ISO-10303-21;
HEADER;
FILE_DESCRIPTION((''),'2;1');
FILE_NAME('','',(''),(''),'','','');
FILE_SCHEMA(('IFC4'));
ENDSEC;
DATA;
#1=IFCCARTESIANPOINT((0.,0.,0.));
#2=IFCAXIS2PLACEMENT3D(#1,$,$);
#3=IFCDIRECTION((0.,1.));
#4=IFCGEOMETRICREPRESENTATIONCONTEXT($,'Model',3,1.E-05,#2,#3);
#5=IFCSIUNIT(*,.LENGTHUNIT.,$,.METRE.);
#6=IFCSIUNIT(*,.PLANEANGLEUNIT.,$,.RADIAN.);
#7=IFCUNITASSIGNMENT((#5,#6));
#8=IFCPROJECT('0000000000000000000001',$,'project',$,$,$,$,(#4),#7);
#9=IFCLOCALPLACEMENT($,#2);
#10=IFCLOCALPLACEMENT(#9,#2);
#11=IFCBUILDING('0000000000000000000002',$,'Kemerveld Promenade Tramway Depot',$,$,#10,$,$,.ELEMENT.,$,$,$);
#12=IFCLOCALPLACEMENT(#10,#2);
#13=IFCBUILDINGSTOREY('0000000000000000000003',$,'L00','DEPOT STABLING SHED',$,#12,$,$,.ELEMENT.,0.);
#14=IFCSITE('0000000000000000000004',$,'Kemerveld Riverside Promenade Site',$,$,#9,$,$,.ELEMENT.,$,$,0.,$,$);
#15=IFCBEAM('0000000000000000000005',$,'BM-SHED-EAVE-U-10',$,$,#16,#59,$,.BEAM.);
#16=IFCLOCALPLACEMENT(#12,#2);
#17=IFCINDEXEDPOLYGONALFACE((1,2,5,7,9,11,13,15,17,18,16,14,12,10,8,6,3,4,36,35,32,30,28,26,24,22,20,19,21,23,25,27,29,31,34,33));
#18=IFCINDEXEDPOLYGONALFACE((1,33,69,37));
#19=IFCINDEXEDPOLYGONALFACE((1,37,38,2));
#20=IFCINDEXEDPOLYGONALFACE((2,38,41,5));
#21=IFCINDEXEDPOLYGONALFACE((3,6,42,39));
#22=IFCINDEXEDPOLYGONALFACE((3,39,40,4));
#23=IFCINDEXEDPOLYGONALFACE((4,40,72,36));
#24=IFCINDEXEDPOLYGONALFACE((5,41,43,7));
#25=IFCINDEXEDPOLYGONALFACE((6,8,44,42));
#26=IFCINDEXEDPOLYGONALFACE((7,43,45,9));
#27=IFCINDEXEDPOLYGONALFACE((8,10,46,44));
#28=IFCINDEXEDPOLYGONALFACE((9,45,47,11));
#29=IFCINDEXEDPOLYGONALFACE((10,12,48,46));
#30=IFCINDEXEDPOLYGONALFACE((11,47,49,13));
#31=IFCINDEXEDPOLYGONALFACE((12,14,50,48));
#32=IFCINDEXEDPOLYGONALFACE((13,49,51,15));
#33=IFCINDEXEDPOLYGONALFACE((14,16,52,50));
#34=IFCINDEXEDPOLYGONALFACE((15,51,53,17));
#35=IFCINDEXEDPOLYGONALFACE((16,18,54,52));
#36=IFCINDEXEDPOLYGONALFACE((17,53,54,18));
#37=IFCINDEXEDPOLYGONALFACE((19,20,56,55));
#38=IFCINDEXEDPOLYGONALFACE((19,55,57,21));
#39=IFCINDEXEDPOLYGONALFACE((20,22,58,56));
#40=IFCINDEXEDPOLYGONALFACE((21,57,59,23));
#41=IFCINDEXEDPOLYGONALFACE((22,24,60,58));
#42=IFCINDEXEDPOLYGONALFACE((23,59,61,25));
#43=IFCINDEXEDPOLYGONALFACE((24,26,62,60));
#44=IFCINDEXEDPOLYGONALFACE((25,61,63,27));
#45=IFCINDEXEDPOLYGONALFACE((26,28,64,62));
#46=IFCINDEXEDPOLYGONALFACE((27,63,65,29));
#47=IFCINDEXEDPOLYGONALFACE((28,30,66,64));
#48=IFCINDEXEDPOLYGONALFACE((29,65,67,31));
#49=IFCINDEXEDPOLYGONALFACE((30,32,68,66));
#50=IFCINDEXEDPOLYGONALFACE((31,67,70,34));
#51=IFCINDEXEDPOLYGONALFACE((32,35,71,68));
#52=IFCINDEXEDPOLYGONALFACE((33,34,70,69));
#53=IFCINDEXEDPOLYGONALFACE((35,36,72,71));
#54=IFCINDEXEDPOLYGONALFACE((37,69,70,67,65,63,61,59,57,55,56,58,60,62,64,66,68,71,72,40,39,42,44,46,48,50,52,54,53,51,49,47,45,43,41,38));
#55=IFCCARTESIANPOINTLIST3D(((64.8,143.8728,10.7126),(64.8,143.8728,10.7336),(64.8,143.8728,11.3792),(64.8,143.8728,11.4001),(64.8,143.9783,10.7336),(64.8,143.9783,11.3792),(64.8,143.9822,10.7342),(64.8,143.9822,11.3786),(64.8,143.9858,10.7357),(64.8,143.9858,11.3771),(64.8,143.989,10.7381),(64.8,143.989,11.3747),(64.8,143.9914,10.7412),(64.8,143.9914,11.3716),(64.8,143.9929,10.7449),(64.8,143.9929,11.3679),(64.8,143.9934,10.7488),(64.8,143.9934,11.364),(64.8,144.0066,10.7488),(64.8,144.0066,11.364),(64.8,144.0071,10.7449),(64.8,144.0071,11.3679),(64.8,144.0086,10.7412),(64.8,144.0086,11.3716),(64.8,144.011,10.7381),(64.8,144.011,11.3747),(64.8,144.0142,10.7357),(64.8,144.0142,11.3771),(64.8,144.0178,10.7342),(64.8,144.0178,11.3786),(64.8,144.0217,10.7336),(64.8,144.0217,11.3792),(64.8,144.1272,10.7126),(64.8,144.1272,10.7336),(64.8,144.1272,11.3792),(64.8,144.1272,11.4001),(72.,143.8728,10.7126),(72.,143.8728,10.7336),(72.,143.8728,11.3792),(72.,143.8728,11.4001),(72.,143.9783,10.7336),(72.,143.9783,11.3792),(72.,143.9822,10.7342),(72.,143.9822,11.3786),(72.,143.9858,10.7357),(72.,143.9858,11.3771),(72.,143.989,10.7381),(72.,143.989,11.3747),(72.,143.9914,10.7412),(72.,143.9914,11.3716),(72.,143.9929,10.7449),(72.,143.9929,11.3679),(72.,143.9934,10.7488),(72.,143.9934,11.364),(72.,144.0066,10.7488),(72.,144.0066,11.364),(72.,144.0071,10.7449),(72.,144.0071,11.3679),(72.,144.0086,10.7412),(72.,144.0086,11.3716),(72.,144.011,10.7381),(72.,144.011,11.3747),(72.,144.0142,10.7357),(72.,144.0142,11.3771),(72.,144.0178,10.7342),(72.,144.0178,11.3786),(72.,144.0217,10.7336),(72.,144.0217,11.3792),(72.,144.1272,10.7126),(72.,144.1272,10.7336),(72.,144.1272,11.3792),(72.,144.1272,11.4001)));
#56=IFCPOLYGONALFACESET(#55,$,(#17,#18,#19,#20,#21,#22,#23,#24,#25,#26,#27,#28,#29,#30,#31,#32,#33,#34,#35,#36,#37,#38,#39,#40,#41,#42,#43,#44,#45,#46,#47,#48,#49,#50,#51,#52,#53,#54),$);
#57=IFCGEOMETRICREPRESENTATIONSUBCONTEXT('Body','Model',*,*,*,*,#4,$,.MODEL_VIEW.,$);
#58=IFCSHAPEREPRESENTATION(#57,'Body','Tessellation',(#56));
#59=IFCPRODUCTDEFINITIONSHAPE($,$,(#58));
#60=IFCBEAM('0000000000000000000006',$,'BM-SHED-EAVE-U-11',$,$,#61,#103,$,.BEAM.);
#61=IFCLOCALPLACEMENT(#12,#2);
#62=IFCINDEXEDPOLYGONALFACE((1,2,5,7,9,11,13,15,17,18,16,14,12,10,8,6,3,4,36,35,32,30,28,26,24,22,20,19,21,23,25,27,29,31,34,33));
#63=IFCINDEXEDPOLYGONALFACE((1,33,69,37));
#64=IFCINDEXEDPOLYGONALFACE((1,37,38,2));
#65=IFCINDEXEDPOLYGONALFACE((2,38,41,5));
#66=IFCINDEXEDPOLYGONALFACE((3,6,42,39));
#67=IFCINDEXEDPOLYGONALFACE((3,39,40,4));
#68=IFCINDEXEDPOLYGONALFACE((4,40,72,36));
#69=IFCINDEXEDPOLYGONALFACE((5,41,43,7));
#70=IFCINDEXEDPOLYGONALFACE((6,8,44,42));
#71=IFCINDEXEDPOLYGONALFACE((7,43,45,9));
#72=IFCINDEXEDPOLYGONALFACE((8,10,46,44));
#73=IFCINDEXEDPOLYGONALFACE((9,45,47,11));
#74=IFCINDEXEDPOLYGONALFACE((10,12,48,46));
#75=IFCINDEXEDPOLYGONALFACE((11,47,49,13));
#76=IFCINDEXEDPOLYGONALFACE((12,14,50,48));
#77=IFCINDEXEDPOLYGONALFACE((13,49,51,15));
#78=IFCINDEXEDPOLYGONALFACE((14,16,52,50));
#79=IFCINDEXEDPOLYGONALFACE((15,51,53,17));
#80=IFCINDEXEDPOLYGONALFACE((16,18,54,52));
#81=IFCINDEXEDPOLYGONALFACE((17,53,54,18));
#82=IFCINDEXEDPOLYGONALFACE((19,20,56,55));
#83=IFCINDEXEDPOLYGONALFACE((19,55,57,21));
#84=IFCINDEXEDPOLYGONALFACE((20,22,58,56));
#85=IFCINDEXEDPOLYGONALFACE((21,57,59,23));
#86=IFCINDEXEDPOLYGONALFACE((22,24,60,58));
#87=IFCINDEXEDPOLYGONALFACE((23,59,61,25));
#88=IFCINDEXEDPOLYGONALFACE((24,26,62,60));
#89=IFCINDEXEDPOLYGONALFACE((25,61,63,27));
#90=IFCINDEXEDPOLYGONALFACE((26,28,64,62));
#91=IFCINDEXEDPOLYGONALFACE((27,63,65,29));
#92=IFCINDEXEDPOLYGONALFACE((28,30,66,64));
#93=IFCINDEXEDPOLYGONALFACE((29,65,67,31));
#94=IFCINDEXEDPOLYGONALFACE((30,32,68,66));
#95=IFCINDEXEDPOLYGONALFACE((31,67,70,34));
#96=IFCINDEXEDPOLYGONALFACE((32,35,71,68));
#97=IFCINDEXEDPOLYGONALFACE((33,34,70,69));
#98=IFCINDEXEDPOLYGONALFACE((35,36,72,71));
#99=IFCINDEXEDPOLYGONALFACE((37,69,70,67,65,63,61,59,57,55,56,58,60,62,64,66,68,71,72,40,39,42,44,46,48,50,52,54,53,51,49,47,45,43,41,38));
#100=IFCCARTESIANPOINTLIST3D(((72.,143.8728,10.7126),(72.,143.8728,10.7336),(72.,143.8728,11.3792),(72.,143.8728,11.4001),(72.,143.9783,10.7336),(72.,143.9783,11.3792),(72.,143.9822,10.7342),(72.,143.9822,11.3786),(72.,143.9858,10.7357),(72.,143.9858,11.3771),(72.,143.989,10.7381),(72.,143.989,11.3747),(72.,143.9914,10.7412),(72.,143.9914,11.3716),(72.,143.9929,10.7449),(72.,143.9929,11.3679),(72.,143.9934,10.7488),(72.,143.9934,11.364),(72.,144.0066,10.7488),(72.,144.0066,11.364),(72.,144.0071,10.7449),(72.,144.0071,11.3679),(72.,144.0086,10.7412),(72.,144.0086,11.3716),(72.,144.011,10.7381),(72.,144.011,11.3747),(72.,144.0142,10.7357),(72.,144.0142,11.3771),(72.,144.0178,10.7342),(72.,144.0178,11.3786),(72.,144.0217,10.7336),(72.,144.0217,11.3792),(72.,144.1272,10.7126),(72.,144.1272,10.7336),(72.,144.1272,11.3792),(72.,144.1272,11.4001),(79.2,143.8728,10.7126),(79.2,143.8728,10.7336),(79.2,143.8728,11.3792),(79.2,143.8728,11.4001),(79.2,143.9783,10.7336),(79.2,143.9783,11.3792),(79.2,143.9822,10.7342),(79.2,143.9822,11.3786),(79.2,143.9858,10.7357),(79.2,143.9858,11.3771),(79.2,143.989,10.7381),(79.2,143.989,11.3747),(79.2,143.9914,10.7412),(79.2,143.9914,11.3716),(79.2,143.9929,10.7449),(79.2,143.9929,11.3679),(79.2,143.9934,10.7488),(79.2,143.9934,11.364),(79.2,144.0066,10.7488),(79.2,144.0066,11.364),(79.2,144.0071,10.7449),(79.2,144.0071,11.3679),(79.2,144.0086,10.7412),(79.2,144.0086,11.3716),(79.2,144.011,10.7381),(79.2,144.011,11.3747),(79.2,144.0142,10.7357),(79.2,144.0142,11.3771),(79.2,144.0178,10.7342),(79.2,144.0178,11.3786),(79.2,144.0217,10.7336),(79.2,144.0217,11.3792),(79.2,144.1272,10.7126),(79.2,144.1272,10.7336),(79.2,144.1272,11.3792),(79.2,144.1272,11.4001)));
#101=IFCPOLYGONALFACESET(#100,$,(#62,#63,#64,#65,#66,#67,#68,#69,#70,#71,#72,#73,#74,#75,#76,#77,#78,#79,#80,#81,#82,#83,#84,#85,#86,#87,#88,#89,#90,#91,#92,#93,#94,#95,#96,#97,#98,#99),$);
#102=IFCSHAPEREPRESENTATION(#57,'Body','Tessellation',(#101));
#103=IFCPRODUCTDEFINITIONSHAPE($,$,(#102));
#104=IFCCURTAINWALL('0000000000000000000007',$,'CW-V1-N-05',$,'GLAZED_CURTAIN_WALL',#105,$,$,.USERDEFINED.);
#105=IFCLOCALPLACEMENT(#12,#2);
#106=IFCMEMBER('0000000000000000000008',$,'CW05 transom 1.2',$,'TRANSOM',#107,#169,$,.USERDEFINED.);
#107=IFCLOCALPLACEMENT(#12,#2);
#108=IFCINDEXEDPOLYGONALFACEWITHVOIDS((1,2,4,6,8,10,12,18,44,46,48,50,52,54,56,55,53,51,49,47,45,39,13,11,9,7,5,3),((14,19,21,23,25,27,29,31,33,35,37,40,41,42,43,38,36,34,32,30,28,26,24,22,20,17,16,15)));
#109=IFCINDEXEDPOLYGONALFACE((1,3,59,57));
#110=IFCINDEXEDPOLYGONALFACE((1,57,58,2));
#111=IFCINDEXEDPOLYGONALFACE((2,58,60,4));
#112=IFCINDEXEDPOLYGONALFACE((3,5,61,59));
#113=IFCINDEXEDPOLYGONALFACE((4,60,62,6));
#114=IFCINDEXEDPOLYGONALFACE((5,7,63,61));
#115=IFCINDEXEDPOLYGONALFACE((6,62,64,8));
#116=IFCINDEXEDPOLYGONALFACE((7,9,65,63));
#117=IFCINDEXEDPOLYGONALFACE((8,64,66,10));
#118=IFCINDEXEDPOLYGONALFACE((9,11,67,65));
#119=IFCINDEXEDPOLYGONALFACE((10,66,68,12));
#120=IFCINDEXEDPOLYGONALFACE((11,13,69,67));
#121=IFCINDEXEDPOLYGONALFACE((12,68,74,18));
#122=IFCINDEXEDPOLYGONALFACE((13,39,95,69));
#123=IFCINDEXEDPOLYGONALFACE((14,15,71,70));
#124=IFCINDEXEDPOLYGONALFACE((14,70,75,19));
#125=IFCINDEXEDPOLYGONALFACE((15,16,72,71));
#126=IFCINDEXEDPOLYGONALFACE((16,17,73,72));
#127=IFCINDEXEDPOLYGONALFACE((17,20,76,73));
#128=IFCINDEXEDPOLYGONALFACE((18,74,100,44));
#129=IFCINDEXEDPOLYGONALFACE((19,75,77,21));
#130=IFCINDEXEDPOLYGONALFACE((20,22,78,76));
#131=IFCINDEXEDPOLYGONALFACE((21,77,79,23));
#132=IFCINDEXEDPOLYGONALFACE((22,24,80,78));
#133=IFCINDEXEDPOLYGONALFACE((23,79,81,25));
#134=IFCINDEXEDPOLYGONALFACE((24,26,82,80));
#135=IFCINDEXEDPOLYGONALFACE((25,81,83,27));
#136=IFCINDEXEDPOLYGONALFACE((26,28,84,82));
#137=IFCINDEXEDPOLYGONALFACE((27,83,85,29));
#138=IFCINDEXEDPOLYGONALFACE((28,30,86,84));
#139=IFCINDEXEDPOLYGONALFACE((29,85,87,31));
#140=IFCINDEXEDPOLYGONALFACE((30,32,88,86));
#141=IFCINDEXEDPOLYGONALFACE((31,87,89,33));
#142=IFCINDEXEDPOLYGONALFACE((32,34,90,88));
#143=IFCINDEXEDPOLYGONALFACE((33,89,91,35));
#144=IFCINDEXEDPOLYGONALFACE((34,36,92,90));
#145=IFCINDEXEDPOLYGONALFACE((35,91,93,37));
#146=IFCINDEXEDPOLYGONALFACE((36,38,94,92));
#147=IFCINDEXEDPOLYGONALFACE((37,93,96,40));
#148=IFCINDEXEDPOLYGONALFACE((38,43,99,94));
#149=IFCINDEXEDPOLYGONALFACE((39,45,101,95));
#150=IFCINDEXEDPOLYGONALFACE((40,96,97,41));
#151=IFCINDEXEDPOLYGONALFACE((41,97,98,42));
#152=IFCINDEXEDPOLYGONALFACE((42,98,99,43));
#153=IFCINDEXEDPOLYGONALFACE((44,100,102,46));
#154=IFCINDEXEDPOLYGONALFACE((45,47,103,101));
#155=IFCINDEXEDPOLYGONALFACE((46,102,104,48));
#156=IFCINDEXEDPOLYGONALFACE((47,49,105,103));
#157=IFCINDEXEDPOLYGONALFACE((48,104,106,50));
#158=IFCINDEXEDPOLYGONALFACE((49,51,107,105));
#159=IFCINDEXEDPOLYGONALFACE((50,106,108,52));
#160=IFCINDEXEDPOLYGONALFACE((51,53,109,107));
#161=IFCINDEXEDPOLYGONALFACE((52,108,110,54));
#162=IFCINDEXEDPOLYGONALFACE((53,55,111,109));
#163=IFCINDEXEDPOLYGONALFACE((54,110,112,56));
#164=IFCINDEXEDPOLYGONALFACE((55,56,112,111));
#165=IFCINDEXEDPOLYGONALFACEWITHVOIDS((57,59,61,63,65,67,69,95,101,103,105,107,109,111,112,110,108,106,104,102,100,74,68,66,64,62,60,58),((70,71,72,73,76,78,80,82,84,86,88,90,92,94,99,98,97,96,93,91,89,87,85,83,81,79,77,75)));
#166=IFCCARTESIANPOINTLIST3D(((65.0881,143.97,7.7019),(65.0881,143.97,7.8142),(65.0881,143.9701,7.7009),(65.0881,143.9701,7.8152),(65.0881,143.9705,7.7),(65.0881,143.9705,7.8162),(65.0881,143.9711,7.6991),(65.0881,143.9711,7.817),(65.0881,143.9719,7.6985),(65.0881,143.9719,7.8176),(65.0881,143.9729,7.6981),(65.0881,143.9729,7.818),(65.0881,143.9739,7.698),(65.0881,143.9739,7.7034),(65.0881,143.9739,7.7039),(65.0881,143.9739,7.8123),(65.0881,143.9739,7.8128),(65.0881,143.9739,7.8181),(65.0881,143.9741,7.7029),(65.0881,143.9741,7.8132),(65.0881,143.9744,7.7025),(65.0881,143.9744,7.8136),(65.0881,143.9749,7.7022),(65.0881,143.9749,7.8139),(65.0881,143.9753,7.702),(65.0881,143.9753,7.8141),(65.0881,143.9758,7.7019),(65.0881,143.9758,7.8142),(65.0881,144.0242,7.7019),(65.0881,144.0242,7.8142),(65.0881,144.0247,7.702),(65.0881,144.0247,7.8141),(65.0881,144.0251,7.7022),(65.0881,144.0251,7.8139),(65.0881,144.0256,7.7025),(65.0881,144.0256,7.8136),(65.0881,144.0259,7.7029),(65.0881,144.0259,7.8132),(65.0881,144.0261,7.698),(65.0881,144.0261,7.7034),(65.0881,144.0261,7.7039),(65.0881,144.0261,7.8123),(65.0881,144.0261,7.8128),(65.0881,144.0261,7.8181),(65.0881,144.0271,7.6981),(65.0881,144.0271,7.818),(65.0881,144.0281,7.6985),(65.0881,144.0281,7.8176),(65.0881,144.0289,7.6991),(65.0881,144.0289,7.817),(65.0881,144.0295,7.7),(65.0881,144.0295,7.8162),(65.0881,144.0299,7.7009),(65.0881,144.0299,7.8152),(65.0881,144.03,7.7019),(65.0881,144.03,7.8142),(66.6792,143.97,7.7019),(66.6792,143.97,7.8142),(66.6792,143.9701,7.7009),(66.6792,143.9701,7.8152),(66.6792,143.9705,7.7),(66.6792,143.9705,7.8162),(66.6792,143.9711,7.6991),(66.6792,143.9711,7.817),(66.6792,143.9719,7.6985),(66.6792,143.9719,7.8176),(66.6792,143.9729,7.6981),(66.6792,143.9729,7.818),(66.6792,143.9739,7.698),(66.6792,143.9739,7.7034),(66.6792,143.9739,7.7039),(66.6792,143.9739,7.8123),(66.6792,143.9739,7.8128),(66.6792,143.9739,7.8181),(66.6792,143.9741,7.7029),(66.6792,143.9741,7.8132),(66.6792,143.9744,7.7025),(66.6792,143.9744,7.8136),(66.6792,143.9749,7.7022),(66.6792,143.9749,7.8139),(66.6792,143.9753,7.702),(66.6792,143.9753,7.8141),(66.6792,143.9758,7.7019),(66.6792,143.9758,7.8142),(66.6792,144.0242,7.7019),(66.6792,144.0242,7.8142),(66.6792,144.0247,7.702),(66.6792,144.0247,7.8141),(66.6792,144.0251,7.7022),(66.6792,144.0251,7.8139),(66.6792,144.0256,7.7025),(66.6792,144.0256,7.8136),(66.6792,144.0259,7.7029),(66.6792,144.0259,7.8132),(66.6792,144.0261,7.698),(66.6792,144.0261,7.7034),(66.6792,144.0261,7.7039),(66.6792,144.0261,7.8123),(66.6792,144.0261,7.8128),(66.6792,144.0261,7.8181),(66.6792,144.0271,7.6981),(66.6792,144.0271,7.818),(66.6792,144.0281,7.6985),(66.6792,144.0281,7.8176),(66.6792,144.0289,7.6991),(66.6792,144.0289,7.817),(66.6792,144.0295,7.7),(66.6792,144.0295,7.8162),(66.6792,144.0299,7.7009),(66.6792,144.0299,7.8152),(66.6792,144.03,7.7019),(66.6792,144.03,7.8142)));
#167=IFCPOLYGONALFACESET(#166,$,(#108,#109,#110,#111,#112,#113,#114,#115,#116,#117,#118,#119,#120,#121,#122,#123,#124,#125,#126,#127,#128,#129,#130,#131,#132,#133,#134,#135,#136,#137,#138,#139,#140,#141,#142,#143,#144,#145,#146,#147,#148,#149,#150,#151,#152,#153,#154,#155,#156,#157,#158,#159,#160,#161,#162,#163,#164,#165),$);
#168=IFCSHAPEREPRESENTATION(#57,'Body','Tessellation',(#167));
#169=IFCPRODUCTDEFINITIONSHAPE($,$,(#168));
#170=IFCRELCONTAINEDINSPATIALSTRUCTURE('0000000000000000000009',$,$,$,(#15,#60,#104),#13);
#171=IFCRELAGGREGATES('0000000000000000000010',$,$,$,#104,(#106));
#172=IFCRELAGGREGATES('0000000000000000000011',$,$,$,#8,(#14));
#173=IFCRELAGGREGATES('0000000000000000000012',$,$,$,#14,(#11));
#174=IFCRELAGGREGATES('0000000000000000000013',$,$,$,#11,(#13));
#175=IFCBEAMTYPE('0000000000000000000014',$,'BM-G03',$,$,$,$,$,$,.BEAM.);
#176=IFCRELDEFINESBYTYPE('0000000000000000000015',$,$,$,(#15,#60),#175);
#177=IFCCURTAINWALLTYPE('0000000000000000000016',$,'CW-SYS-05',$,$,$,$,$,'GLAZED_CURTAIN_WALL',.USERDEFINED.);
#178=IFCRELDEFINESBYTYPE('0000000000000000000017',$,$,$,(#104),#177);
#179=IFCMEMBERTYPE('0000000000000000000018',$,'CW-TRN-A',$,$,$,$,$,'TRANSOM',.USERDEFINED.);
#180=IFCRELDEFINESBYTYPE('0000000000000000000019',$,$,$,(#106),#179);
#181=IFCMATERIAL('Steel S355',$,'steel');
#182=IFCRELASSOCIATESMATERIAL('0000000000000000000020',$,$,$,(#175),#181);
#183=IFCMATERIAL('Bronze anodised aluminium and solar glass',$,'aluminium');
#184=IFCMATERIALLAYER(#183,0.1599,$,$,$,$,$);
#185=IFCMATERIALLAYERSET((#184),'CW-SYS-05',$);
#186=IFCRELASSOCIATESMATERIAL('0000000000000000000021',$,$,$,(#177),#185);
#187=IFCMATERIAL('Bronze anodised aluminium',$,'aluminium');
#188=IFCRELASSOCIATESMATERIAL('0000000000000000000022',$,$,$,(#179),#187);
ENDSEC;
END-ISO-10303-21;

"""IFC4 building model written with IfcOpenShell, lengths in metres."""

from ifc_helpers import new_model, si_unit, direction, frame, origin, origin_2d, place, context, subcontext, project, spatial, hollow_rectangle, i_section, extrude, material, layer, layer_set, material_profile, profile_set, type_object, element, aggregate, save


model = new_model("IFC4")

# Units and contexts
model_context = context("Model", 3, precision=1e-05, world=origin(), true_north=direction((0.0, 1.0)))
body_context = subcontext(model_context, "Body", "Model", "MODEL_VIEW")
ifc_project = project(units=[si_unit("LENGTHUNIT", "METRE"), si_unit("PLANEANGLEUNIT", "RADIAN")], contexts=[model_context])

# Site, building, storey
site_placement = place(None, origin())
site = spatial("IfcSite", under=ifc_project, at=site_placement, Name="Kemerveld Riverside Promenade Site", CompositionType="ELEMENT", RefElevation=0.0)
building_placement = place(site_placement, origin())
building = spatial("IfcBuilding", under=site, at=building_placement, Name="Kemerveld Promenade Tramway Depot", CompositionType="ELEMENT")
storey_placement = place(building_placement, origin())
storey = spatial("IfcBuildingStorey", under=building, at=storey_placement, Name="L00", Description="DEPOT STABLING SHED", CompositionType="ELEMENT", Elevation=0.0)

# Beams
ifc_material_1 = material(Name="Steel S355", Category="steel")
ifc_material_profile_1 = material_profile(ifc_material_1, i_section(OverallWidth=0.2544, OverallDepth=0.6875, WebThickness=0.0132, FlangeThickness=0.021, FilletRadius=0.0151, at=origin_2d()), Name="686x254x152 UB")
ifc_profile_set_1 = profile_set([ifc_material_profile_1], Name="Steel S355")
beam_type = type_object("IfcBeamType", Name="BM-G03", PredefinedType="BEAM", material=ifc_profile_set_1)
for number, where, z_axis, x_axis, name in (
    (1, (64.8, 144.0, 11.0564), (1.0, 0.0, 0.0), (0.0, 1.0, 0.0), "BM-SHED-EAVE-U-10"),
    (2, (72.0, 144.0, 11.0564), (1.0, 0.0, 0.0), (0.0, 1.0, 0.0), "BM-SHED-EAVE-U-11"),
):
    element("IfcBeam", number, at=place(storey_placement, frame(where, z_axis=z_axis, x_axis=x_axis)), inside=storey, type_object=beam_type, Name=name, PredefinedType="BEAM", context=body_context, shape_type="SweptSolid", body=[
        extrude(i_section(OverallWidth=0.2544, OverallDepth=0.6875, WebThickness=0.0132, FlangeThickness=0.021, FilletRadius=0.0151, at=origin_2d()), origin(), (0.0, 0.0, 1.0), 7.2),
    ])

# Curtain wall, member
ifc_material_2 = material(Name="Bronze anodised aluminium and solar glass", Category="aluminium")
ifc_layer_1 = layer(ifc_material_2, 0.1599)
ifc_layer_set_1 = layer_set([ifc_layer_1], Name="CW-SYS-05")
curtain_wall_type_1 = type_object("IfcCurtainWallType", Name="CW-SYS-05", ElementType="GLAZED_CURTAIN_WALL", PredefinedType="USERDEFINED", material=ifc_layer_set_1)
curtain_wall_1_placement = place(storey_placement, origin())
curtain_wall_1 = element("IfcCurtainWall", 3, at=curtain_wall_1_placement, inside=storey, type_object=curtain_wall_type_1, Name="CW-V1-N-05", ObjectType="GLAZED_CURTAIN_WALL", PredefinedType="USERDEFINED")
ifc_material_3 = material(Name="Bronze anodised aluminium", Category="aluminium")
ifc_material_profile_2 = material_profile(ifc_material_3, hollow_rectangle(XDim=0.0601, YDim=0.1201, WallThickness=0.0039, InnerFilletRadius=0.002, OuterFilletRadius=0.0039, at=origin_2d()), Name="CW-TRN-120x60")
ifc_profile_set_2 = profile_set([ifc_material_profile_2], Name="Bronze anodised aluminium")
member_type_1 = type_object("IfcMemberType", Name="CW-TRN-A", ElementType="TRANSOM", PredefinedType="USERDEFINED", material=ifc_profile_set_2)
member_1_placement = place(storey_placement, frame((65.0881, 144.0, 7.7581), z_axis=(1.0, 0.0, 0.0), x_axis=(0.0, 1.0, 0.0)))
member_1 = element("IfcMember", 4, at=member_1_placement, type_object=member_type_1, Name="CW05 transom 1.2", ObjectType="TRANSOM", PredefinedType="USERDEFINED", context=body_context, shape_type="SweptSolid", body=[
    extrude(hollow_rectangle(XDim=0.0601, YDim=0.1201, WallThickness=0.0039, InnerFilletRadius=0.002, OuterFilletRadius=0.0039, at=origin_2d()), origin(), (0.0, 0.0, 1.0), 1.5911),
])

aggregate(curtain_wall_1, [member_1])

save(model, "model.ifc")
